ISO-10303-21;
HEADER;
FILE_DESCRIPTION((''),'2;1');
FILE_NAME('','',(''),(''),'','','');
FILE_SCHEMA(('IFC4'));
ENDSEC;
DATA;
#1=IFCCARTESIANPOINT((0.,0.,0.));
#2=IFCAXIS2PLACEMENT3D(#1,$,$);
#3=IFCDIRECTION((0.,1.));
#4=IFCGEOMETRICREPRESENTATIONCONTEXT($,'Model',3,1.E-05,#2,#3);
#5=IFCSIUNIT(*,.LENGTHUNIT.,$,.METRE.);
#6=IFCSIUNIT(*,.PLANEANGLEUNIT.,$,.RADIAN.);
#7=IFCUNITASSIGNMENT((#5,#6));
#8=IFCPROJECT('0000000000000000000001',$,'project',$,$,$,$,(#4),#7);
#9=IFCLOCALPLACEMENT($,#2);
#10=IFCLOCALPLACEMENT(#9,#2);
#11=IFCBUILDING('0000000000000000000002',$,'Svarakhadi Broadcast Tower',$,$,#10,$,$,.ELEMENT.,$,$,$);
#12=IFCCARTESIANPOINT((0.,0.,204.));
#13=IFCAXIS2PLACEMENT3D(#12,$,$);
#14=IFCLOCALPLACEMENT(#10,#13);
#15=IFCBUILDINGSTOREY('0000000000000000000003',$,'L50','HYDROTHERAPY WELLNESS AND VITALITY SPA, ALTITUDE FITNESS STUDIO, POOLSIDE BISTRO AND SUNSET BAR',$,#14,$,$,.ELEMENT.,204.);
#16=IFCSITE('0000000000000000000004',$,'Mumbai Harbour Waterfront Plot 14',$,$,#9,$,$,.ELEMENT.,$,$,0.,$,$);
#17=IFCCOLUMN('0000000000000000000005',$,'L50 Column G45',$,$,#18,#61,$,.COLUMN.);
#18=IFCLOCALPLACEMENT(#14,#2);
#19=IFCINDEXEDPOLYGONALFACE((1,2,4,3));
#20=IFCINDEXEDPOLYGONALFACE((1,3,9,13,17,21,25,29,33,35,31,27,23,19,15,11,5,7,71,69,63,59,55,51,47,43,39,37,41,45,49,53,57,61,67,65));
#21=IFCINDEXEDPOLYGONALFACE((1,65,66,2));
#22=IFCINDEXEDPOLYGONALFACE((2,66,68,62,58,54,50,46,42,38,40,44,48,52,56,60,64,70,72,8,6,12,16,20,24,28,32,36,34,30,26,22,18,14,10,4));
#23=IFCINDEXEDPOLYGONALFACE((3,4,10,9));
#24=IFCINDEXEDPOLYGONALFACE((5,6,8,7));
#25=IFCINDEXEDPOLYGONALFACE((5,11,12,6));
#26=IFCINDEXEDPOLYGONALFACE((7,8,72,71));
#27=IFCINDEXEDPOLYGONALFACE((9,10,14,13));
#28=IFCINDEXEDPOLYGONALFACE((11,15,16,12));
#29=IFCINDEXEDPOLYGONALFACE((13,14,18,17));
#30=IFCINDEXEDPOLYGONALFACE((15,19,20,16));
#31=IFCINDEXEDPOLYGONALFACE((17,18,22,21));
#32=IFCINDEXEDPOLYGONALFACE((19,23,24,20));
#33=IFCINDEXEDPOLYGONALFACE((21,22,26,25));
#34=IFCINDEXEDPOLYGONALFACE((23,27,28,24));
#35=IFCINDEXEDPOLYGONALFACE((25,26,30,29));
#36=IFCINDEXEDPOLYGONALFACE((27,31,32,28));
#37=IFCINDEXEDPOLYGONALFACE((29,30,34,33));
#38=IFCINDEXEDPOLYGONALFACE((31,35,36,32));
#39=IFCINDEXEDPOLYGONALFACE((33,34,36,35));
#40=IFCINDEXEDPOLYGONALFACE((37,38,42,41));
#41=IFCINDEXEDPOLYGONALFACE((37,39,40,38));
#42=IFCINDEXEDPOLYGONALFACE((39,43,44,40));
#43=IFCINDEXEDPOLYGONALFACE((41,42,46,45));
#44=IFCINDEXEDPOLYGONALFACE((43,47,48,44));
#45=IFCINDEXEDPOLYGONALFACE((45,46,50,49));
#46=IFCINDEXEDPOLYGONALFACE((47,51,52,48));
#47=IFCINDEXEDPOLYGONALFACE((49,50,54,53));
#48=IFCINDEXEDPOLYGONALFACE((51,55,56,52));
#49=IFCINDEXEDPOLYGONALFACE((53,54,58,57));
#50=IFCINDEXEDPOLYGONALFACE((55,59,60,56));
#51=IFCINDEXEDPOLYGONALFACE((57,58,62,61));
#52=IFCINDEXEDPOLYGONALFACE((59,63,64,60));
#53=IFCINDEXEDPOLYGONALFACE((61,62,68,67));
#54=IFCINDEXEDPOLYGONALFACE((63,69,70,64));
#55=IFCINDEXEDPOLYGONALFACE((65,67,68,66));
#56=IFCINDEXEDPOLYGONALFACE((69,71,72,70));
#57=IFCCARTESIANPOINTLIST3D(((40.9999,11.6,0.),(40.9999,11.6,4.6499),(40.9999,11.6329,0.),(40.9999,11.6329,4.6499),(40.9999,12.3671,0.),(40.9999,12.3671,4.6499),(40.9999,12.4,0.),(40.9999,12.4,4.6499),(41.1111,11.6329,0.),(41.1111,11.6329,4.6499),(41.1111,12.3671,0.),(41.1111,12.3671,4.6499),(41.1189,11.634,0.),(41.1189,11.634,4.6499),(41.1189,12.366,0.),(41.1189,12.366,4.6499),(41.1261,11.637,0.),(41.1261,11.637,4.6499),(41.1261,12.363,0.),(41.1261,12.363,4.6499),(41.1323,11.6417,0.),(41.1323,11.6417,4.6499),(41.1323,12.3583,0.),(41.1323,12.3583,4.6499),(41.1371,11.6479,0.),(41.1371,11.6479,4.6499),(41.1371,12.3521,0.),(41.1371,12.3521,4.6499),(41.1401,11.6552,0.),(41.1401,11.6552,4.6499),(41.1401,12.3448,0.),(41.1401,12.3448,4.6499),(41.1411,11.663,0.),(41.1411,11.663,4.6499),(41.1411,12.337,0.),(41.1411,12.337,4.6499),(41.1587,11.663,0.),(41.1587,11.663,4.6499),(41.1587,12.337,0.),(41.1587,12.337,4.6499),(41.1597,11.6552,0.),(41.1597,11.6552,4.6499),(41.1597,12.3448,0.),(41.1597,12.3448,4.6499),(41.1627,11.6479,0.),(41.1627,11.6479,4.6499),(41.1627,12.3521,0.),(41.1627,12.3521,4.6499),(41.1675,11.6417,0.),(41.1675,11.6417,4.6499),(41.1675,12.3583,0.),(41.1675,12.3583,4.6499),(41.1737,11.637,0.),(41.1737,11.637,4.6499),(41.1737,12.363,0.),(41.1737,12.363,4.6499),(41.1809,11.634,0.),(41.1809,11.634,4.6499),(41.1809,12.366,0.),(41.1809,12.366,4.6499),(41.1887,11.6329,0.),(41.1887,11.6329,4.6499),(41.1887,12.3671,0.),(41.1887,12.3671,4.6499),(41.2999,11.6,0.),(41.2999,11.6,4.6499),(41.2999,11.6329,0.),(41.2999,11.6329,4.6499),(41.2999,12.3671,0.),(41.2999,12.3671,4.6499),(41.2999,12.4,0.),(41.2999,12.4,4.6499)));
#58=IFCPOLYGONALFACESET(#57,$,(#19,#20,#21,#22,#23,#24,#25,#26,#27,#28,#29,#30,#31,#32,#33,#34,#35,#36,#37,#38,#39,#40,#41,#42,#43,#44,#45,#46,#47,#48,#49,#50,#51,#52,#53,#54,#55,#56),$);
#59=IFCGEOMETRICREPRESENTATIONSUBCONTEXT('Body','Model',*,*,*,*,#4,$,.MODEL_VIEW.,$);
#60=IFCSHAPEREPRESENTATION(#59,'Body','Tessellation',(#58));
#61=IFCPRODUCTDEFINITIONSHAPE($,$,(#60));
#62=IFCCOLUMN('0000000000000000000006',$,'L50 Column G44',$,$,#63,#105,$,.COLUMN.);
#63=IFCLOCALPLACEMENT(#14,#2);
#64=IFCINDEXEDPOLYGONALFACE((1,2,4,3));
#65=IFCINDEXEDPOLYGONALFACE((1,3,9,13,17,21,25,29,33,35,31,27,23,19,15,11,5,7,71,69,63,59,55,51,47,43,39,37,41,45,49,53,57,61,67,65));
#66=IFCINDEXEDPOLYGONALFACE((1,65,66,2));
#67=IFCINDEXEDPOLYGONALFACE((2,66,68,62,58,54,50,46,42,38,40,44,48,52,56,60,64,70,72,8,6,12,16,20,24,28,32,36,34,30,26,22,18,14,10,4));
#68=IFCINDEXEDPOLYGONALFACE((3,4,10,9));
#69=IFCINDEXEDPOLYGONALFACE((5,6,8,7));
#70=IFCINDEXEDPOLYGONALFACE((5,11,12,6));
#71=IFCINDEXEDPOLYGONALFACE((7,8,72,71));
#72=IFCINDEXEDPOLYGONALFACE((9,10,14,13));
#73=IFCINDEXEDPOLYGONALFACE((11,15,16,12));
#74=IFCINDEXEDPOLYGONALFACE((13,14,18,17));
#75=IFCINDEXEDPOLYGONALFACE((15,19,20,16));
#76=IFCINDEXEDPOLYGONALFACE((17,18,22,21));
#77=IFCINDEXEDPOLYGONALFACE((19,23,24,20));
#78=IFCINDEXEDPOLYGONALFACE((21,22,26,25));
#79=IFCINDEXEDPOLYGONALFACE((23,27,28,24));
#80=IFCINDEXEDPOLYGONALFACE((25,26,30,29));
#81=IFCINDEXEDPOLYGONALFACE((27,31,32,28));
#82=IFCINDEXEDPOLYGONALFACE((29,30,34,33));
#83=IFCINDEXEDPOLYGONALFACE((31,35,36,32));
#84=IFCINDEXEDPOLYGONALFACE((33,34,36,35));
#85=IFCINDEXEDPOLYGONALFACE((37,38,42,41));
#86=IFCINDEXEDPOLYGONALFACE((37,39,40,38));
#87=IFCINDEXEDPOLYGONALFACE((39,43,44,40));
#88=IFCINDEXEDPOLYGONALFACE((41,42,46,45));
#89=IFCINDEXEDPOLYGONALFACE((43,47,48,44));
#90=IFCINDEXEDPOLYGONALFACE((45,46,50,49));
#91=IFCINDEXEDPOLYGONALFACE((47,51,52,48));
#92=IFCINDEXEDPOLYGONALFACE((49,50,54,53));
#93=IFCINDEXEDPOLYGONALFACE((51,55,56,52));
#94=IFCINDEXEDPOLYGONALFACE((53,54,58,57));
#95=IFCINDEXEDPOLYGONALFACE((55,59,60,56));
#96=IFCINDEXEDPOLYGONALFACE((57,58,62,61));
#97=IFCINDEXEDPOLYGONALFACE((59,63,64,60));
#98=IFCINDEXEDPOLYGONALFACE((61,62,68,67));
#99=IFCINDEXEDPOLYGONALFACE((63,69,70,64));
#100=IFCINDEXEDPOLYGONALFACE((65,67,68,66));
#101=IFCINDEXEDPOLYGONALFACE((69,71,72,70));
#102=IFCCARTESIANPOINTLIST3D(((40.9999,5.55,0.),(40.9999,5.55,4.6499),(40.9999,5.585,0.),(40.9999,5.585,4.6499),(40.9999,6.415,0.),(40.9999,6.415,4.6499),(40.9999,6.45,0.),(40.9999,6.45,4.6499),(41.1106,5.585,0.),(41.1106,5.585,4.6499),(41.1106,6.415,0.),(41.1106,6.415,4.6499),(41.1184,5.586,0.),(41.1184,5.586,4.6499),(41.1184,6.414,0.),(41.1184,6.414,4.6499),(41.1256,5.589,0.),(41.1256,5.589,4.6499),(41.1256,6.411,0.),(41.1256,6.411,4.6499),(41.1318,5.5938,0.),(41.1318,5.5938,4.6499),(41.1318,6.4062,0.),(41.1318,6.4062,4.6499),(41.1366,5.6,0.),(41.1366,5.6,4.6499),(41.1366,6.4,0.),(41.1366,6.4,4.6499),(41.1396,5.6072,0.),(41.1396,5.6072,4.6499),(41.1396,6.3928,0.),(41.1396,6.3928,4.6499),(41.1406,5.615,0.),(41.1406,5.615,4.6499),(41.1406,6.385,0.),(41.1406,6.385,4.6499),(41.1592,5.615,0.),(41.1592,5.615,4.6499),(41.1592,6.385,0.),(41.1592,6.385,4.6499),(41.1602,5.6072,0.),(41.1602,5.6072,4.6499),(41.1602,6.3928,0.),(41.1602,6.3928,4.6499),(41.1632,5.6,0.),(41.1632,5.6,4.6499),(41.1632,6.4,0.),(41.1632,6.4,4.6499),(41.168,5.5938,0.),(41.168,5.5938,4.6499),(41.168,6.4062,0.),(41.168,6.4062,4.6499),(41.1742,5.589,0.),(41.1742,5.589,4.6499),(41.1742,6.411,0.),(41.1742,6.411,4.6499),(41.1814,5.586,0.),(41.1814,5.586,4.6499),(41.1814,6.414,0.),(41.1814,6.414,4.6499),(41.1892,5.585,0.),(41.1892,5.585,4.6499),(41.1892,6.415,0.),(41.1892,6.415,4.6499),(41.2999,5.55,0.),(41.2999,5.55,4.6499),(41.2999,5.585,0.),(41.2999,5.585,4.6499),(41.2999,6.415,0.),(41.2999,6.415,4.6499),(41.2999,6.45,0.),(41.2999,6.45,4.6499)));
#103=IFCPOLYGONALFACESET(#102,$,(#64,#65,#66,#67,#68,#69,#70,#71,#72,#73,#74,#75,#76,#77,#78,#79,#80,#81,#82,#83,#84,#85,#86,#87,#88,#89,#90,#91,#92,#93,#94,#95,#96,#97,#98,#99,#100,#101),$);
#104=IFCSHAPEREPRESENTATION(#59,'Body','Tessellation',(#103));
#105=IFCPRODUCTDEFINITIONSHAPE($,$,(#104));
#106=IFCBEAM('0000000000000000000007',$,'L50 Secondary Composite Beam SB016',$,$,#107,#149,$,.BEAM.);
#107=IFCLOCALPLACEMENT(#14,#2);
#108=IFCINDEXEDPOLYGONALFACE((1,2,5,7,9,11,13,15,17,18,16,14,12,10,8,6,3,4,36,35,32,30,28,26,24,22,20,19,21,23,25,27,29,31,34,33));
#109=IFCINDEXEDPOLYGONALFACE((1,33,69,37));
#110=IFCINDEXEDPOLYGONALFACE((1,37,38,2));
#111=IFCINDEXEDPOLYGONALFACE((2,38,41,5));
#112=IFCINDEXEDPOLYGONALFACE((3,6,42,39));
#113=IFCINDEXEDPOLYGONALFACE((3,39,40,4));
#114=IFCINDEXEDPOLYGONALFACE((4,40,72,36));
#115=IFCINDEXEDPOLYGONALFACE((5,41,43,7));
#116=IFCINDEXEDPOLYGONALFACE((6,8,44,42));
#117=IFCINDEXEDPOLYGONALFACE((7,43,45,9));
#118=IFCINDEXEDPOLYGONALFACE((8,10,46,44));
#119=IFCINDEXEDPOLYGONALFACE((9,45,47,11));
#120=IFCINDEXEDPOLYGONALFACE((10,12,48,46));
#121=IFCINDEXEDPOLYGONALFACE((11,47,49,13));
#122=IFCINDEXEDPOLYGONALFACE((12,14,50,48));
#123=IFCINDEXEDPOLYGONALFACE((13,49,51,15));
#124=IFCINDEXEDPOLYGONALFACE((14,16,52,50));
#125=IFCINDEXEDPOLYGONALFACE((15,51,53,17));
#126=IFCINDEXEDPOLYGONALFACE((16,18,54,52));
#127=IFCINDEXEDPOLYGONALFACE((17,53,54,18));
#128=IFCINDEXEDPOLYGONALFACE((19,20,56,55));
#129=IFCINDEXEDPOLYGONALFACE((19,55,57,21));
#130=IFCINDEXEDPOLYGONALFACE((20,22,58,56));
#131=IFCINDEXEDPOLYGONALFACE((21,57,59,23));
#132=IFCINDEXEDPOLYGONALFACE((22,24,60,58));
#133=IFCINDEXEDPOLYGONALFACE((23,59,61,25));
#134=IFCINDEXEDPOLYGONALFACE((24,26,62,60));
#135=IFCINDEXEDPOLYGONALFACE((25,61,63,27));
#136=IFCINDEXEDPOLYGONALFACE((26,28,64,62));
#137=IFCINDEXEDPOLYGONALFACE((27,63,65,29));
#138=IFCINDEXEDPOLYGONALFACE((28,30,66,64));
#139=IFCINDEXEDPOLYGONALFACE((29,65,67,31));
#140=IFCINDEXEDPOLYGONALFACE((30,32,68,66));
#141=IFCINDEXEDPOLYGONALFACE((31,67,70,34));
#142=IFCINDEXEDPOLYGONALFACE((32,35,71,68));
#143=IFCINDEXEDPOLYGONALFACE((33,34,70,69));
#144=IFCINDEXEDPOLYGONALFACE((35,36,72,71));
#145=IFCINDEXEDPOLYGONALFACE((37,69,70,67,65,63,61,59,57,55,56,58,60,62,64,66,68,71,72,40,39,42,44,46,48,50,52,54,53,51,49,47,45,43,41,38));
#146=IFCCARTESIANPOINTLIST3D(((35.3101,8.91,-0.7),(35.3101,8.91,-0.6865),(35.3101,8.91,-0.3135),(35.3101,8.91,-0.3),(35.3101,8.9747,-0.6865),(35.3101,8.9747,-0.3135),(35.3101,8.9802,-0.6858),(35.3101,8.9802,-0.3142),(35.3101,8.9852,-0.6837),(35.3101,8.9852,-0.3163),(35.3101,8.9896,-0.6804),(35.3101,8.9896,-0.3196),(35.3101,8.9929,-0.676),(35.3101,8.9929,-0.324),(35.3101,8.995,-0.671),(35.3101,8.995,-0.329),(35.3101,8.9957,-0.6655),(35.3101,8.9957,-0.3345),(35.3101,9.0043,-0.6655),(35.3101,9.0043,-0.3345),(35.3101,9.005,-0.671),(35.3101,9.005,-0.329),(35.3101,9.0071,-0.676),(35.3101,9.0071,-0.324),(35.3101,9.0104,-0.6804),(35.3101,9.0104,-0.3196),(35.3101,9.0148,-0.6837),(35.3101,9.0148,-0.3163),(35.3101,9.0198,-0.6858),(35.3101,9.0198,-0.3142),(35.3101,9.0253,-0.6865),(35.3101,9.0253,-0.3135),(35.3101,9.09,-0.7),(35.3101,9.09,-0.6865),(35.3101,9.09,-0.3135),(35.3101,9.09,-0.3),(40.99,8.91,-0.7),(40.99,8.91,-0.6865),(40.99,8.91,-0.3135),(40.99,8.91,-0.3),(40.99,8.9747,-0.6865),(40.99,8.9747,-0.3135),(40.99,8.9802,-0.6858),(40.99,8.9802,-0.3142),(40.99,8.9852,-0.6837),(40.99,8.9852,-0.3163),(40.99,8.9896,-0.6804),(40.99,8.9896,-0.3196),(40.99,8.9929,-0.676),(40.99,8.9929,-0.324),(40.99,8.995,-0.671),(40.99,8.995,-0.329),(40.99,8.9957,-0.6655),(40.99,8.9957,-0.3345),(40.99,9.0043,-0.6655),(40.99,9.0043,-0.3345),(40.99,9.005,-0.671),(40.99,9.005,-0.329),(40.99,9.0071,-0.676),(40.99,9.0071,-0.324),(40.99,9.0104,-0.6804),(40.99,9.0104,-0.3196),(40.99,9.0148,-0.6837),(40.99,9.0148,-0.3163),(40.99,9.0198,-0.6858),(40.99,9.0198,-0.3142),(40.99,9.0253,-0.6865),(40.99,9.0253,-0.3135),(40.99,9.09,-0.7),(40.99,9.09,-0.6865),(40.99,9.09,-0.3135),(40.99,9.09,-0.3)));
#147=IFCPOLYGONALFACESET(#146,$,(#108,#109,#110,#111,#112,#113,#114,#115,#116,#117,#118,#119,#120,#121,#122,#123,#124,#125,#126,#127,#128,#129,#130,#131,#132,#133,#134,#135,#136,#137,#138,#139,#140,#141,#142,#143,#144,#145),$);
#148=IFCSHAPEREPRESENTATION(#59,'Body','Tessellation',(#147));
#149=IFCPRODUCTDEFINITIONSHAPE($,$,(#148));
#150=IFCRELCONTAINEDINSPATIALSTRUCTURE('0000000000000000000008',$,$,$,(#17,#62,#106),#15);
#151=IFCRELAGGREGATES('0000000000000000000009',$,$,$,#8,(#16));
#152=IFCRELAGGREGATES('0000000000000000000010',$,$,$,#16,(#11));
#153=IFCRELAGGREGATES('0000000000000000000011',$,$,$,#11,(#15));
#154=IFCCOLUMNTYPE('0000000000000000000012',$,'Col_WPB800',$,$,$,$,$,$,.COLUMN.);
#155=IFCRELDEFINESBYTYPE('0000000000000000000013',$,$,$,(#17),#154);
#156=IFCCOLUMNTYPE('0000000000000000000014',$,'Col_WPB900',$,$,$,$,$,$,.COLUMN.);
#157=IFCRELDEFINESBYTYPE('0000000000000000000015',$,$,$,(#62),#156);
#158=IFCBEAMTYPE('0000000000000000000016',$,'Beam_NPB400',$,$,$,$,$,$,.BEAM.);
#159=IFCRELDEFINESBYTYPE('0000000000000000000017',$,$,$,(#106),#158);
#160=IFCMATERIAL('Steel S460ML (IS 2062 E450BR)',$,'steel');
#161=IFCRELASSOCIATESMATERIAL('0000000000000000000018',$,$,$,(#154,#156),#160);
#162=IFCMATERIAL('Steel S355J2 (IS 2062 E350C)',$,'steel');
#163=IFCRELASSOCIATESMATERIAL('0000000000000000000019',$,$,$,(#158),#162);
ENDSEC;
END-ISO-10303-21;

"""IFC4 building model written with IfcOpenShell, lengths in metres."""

from ifc_helpers import new_model, si_unit, direction, frame, origin, origin_2d, place, context, subcontext, project, spatial, i_section, extrude, material, material_profile, profile_set, type_object, element, save


model = new_model("IFC4")

# Units and contexts
model_context = context("Model", 3, precision=1e-05, world=origin(), true_north=direction((0.0, 1.0)))
body_context = subcontext(model_context, "Body", "Model", "MODEL_VIEW")
ifc_project = project(units=[si_unit("LENGTHUNIT", "METRE"), si_unit("PLANEANGLEUNIT", "RADIAN")], contexts=[model_context])

# Site, building, storey
site_placement = place(None, origin())
site = spatial("IfcSite", under=ifc_project, at=site_placement, Name="Mumbai Harbour Waterfront Plot 14", CompositionType="ELEMENT", RefElevation=0.0)
building_placement = place(site_placement, origin())
building = spatial("IfcBuilding", under=site, at=building_placement, Name="Svarakhadi Broadcast Tower", CompositionType="ELEMENT")
storey_placement = place(building_placement, frame((0.0, 0.0, 204.0)))
storey = spatial("IfcBuildingStorey", under=building, at=storey_placement, Name="L50", Description="HYDROTHERAPY WELLNESS AND VITALITY SPA, ALTITUDE FITNESS STUDIO, POOLSIDE BISTRO AND SUNSET BAR", CompositionType="ELEMENT", Elevation=204.0)

# Columns
ifc_material_1 = material(Name="Steel S460ML (IS 2062 E450BR)", Category="steel")
ifc_material_profile_1 = material_profile(ifc_material_1, i_section(OverallWidth=0.3, OverallDepth=0.8, WebThickness=0.0176, FlangeThickness=0.033, FilletRadius=0.03, at=origin_2d()), Name="WPB 800x300x262")
ifc_profile_set_1 = profile_set([ifc_material_profile_1], Name="Steel S460ML (IS 2062 E450BR)")
column_type_1 = type_object("IfcColumnType", Name="Col_WPB800", PredefinedType="COLUMN", material=ifc_profile_set_1)
column_1_placement = place(storey_placement, frame((41.1499, 12.0, 0.0), z_axis=(0.0, 0.0, 1.0), x_axis=(1.0, 0.0, 0.0)))
element("IfcColumn", 1, at=column_1_placement, inside=storey, type_object=column_type_1, Name="L50 Column G45", PredefinedType="COLUMN", context=body_context, shape_type="SweptSolid", body=[
    extrude(i_section(OverallWidth=0.3, OverallDepth=0.8, WebThickness=0.0176, FlangeThickness=0.033, FilletRadius=0.03, at=origin_2d()), origin(), (0.0, 0.0, 1.0), 4.6499),
])
ifc_material_profile_2 = material_profile(ifc_material_1, i_section(OverallWidth=0.3, OverallDepth=0.8999, WebThickness=0.0186, FlangeThickness=0.0349, FilletRadius=0.03, at=origin_2d()), Name="WPB 900x300x291")
ifc_profile_set_2 = profile_set([ifc_material_profile_2], Name="Steel S460ML (IS 2062 E450BR)")
column_type_2 = type_object("IfcColumnType", Name="Col_WPB900", PredefinedType="COLUMN", material=ifc_profile_set_2)
column_2_placement = place(storey_placement, frame((41.1499, 6.0, 0.0), z_axis=(0.0, 0.0, 1.0), x_axis=(1.0, 0.0, 0.0)))
element("IfcColumn", 2, at=column_2_placement, inside=storey, type_object=column_type_2, Name="L50 Column G44", PredefinedType="COLUMN", context=body_context, shape_type="SweptSolid", body=[
    extrude(i_section(OverallWidth=0.3, OverallDepth=0.8999, WebThickness=0.0186, FlangeThickness=0.0349, FilletRadius=0.03, at=origin_2d()), origin(), (0.0, 0.0, 1.0), 4.6499),
])

# Beam
ifc_material_2 = material(Name="Steel S355J2 (IS 2062 E350C)", Category="steel")
ifc_material_profile_3 = material_profile(ifc_material_2, i_section(OverallWidth=0.1799, OverallDepth=0.3999, WebThickness=0.0085, FlangeThickness=0.0134, FilletRadius=0.021, at=origin_2d()), Name="NPB 400x180x66")
ifc_profile_set_3 = profile_set([ifc_material_profile_3], Name="Steel S355J2 (IS 2062 E350C)")
beam_type_1 = type_object("IfcBeamType", Name="Beam_NPB400", PredefinedType="BEAM", material=ifc_profile_set_3)
beam_placement = place(storey_placement, frame((35.3101, 9.0, -0.5), z_axis=(1.0, 0.0, 0.0), x_axis=(0.0, 1.0, 0.0)))
element("IfcBeam", 3, at=beam_placement, inside=storey, type_object=beam_type_1, Name="L50 Secondary Composite Beam SB016", PredefinedType="BEAM", context=body_context, shape_type="SweptSolid", body=[
    extrude(i_section(OverallWidth=0.1799, OverallDepth=0.3999, WebThickness=0.0085, FlangeThickness=0.0134, FilletRadius=0.021, at=origin_2d()), origin(), (0.0, 0.0, 1.0), 5.6799),
])

save(model, "model.ifc")
